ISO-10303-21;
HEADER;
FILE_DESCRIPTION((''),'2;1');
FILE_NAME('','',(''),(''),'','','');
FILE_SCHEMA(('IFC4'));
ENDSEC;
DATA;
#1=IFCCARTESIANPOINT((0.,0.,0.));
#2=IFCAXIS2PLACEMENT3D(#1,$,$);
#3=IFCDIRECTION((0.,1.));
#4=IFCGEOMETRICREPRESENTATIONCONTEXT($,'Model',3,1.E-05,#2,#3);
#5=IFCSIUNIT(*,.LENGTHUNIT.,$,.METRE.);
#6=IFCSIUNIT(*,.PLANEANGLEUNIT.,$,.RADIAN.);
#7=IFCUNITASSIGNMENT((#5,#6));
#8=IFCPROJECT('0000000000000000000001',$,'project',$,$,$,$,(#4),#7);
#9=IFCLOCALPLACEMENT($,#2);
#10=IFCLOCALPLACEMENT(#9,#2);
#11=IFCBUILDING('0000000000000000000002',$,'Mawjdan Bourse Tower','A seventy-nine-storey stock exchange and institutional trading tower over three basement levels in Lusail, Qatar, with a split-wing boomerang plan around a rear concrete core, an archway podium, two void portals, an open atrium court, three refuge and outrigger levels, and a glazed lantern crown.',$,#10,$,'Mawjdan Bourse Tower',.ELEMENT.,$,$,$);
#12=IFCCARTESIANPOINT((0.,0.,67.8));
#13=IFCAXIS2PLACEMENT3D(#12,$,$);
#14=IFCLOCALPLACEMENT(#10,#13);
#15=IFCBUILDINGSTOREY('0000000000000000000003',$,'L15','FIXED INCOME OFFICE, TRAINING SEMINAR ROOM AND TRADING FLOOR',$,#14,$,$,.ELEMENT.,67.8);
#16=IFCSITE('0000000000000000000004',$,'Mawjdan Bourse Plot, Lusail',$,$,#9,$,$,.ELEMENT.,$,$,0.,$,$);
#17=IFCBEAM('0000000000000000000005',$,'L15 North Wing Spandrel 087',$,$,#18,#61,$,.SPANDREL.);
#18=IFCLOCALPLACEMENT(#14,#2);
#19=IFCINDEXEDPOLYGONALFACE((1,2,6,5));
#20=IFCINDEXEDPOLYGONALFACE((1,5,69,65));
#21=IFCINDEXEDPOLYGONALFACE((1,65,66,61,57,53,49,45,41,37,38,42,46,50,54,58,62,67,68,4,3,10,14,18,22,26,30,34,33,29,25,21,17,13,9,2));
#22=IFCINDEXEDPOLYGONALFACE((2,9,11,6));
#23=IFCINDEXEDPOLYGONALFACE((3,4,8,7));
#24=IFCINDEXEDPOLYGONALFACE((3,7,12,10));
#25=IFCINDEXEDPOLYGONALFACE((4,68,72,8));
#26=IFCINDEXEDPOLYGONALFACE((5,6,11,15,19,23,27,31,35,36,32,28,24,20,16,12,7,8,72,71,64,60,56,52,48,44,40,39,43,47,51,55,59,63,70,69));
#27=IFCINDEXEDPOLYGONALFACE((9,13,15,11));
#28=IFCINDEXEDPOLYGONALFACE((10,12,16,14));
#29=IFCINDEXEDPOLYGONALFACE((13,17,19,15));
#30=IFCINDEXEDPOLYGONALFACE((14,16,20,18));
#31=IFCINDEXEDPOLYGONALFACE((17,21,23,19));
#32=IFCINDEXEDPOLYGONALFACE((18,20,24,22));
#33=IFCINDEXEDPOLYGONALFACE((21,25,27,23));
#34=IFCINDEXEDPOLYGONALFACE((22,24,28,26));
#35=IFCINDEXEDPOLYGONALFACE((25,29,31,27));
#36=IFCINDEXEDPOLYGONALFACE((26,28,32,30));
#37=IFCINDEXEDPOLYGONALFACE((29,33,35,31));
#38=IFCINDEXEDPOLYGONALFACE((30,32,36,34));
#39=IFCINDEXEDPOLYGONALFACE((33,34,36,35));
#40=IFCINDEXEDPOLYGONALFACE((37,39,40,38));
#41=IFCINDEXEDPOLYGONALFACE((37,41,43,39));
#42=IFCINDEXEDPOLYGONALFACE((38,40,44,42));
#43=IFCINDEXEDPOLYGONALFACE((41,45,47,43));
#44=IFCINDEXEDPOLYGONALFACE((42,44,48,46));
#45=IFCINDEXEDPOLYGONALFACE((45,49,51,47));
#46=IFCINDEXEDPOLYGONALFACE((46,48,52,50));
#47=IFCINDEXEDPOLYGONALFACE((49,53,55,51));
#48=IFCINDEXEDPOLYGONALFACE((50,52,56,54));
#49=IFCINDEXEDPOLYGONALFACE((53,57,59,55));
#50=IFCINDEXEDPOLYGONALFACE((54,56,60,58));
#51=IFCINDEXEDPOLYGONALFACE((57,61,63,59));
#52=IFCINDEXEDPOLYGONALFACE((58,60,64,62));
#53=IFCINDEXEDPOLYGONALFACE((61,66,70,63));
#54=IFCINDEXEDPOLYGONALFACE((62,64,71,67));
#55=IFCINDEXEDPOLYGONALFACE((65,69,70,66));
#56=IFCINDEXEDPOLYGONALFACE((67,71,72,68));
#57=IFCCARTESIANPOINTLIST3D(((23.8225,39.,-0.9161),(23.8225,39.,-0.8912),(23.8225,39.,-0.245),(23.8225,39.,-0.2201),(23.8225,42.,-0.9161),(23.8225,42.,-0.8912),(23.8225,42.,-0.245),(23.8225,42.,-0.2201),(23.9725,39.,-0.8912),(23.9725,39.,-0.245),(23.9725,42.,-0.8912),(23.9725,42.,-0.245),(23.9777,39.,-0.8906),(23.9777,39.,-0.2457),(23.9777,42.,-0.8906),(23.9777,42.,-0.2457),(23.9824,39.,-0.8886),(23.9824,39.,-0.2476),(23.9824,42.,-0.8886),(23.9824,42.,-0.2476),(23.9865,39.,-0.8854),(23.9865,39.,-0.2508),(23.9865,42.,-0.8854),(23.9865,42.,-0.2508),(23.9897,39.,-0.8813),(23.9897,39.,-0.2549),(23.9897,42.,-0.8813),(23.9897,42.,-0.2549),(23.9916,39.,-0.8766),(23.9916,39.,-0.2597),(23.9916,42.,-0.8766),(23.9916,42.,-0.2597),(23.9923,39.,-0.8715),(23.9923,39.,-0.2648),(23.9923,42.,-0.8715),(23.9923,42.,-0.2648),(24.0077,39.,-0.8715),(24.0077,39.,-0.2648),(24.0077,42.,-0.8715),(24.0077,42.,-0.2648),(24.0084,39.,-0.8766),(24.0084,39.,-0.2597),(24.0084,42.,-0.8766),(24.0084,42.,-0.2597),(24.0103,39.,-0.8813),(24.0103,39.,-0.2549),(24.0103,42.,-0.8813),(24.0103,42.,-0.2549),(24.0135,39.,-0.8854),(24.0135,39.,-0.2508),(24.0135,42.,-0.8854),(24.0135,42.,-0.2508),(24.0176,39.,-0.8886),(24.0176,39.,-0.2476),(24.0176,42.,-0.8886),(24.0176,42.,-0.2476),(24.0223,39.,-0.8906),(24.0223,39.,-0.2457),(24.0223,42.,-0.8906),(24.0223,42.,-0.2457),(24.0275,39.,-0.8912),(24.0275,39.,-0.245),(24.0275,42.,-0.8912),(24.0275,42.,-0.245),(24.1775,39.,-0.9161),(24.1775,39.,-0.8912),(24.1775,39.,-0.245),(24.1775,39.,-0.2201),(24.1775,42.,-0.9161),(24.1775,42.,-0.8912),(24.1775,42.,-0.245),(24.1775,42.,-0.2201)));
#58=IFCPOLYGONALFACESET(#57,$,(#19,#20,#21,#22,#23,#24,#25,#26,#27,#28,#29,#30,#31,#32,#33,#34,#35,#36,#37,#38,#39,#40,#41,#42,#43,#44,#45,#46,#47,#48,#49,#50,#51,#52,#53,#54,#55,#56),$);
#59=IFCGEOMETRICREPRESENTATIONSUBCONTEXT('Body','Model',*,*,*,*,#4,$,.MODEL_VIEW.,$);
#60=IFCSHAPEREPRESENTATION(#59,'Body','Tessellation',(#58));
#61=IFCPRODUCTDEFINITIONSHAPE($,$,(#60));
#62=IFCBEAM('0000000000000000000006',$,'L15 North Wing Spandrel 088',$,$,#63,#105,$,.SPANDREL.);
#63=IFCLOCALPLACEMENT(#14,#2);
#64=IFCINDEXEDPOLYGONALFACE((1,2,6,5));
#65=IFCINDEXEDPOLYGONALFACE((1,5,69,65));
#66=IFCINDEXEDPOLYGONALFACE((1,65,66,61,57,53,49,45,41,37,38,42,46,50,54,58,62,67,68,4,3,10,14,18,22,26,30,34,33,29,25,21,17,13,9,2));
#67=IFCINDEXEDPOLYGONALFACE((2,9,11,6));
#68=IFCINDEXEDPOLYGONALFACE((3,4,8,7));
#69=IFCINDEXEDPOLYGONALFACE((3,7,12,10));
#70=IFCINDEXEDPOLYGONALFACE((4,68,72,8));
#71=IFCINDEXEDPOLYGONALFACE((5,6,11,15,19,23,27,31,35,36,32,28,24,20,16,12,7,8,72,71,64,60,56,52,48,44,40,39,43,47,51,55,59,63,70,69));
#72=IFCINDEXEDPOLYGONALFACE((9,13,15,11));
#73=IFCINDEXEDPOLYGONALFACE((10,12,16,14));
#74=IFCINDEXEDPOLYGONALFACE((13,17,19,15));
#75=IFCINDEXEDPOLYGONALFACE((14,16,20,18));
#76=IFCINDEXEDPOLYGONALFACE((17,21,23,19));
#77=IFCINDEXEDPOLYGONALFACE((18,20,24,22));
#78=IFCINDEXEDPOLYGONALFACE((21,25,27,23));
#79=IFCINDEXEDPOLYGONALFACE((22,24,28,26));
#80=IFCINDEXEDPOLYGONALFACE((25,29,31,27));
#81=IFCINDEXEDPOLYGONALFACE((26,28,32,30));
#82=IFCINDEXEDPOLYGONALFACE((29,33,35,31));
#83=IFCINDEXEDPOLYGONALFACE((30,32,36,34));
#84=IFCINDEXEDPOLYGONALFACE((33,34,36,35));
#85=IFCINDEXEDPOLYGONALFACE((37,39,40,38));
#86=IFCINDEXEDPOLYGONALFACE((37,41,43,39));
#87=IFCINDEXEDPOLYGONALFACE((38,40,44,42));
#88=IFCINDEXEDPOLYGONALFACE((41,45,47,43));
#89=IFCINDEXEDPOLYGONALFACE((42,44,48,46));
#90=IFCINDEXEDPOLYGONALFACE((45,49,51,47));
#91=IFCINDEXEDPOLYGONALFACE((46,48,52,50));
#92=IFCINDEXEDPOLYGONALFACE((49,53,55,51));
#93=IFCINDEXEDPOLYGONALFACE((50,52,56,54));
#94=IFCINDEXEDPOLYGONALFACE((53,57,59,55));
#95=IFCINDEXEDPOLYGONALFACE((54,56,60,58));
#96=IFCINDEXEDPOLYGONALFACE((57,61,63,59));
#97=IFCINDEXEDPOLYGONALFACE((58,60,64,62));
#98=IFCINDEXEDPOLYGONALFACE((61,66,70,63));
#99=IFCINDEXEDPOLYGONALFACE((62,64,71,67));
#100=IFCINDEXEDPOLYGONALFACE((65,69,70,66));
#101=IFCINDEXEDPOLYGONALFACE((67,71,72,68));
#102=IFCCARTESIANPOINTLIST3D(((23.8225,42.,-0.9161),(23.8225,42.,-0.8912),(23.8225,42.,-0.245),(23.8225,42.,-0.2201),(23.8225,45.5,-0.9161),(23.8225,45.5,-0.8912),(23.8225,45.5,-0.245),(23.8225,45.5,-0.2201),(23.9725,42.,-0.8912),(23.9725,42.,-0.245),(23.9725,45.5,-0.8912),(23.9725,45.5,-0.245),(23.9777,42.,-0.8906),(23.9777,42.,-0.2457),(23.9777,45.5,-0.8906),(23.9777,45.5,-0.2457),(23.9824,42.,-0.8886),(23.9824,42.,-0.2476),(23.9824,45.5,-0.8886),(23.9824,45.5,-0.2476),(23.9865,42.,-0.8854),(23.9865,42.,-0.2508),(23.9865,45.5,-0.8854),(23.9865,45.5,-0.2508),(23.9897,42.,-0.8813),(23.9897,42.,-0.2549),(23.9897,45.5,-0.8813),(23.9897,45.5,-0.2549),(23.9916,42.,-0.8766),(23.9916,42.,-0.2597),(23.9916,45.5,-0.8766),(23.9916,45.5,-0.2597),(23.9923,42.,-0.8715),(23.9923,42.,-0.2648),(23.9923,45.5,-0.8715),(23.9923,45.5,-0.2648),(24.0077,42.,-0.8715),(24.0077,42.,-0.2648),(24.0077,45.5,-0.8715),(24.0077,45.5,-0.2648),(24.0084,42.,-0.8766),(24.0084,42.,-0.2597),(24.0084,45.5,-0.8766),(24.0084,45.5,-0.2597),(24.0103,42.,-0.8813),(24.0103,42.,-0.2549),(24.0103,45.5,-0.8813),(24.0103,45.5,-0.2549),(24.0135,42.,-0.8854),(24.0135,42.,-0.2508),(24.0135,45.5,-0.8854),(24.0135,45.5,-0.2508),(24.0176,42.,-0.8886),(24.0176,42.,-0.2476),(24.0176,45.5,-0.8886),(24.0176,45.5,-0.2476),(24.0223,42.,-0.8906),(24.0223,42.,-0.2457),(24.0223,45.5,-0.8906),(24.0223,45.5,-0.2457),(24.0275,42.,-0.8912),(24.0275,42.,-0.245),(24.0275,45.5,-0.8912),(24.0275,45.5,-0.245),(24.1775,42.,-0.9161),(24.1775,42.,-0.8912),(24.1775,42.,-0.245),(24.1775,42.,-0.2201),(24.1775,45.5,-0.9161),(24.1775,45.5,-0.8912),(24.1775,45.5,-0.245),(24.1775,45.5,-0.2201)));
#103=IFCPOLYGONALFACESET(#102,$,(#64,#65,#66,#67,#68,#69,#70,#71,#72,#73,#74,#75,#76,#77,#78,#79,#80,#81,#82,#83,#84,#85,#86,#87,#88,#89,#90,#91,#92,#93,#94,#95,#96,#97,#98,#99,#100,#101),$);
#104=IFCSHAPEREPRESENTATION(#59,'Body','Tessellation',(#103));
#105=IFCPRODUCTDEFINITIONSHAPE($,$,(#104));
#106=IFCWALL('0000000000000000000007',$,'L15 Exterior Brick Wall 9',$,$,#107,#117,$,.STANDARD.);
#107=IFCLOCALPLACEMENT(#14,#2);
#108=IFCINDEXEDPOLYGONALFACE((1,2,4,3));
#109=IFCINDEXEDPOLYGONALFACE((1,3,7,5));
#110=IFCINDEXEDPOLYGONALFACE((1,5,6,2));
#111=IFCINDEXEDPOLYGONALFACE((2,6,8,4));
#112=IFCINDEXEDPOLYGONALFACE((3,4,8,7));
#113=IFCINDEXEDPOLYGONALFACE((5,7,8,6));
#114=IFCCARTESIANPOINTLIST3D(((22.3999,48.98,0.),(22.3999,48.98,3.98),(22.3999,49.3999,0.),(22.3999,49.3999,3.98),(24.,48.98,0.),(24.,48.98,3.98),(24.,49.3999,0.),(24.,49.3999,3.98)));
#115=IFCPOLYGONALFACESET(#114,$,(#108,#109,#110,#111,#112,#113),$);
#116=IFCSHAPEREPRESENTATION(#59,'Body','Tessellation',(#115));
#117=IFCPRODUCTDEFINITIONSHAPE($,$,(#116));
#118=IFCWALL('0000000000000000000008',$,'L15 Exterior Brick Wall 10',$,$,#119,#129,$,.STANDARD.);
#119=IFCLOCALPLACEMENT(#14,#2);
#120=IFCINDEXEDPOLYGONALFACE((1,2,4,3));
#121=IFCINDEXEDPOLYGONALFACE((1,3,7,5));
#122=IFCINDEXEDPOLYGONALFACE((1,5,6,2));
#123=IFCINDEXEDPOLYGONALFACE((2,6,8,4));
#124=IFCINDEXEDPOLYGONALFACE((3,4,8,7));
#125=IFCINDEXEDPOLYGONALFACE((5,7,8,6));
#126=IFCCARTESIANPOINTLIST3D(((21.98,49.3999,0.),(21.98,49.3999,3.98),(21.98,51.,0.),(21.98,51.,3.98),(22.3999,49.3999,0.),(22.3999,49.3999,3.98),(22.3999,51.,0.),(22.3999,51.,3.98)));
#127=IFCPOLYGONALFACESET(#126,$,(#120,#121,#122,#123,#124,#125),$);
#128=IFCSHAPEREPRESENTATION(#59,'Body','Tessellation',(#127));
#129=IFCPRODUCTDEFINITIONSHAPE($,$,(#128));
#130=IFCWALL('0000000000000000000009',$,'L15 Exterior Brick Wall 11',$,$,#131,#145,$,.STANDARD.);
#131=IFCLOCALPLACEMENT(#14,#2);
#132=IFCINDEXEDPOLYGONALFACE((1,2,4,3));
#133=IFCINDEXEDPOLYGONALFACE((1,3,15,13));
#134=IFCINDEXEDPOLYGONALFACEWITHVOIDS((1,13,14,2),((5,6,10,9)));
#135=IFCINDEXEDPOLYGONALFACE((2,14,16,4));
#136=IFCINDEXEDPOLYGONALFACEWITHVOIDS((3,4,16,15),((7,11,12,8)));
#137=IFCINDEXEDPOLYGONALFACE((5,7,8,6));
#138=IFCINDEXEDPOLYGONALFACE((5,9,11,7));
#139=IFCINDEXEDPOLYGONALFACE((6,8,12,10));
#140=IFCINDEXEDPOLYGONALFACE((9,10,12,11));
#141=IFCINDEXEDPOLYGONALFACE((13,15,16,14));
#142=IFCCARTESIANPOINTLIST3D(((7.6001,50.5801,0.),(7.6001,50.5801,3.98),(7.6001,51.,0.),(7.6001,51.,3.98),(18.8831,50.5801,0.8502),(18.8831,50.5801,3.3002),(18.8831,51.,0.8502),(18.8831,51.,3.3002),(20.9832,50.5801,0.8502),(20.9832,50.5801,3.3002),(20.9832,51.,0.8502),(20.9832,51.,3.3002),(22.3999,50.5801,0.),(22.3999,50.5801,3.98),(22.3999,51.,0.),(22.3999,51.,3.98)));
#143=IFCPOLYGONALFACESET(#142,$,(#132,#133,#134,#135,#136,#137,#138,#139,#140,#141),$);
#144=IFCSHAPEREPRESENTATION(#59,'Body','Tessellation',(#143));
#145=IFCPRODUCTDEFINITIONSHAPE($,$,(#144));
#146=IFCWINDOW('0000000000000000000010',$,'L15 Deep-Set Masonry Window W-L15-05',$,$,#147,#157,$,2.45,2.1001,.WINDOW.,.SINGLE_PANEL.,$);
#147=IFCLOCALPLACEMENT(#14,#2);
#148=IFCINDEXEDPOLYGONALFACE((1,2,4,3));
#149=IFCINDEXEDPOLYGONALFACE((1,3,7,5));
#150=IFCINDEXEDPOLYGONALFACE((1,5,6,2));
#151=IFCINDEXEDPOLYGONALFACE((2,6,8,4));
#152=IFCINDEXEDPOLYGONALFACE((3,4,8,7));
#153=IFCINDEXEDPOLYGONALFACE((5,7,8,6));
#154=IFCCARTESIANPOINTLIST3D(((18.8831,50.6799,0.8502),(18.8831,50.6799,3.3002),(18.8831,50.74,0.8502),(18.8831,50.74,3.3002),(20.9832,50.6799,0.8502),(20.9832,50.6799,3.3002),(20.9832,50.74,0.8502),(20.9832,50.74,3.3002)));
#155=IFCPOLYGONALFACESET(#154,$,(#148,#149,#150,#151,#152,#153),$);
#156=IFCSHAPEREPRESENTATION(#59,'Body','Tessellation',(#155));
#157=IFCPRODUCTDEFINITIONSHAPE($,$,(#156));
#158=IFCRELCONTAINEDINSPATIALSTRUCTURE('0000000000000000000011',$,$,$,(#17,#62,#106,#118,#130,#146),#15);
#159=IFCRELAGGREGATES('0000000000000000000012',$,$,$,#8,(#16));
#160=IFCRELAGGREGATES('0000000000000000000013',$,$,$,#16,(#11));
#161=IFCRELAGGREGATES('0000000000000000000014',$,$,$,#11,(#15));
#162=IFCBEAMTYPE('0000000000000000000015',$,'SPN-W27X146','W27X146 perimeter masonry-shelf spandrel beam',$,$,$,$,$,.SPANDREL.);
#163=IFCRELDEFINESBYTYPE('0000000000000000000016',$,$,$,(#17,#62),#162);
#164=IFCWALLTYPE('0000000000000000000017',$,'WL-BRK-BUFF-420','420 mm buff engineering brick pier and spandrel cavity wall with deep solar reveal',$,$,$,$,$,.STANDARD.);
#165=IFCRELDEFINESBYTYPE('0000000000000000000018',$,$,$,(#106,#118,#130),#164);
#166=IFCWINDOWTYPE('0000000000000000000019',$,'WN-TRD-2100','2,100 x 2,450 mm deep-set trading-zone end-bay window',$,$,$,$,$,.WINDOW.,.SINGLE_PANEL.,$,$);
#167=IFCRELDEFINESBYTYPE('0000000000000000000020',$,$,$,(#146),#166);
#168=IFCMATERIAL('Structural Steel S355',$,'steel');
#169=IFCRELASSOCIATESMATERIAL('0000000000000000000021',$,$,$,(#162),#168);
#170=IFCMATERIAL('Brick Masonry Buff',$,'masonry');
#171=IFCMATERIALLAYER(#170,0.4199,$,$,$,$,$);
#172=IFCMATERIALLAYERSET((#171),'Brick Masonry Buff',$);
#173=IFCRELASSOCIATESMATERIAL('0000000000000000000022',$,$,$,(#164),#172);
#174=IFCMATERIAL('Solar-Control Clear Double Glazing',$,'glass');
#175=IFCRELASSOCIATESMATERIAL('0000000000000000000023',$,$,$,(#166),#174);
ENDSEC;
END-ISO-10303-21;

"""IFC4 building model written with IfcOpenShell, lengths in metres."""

from ifc_helpers import new_model, si_unit, direction, frame, frame_2d, origin, origin_2d, place, context, subcontext, project, spatial, rectangle, i_section, extrude, material, layer, layer_set, material_profile, profile_set, type_object, element, fill, save


model = new_model("IFC4")

# Units and contexts
model_context = context("Model", 3, precision=1e-05, world=origin(), true_north=direction((0.0, 1.0)))
body_context = subcontext(model_context, "Body", "Model", "MODEL_VIEW")
ifc_project = project(units=[si_unit("LENGTHUNIT", "METRE"), si_unit("PLANEANGLEUNIT", "RADIAN")], contexts=[model_context])

# Site, building, storey
site_placement = place(None, origin())
site = spatial("IfcSite", under=ifc_project, at=site_placement, Name="Mawjdan Bourse Plot, Lusail", CompositionType="ELEMENT", RefElevation=0.0)
building_placement = place(site_placement, origin())
building = spatial("IfcBuilding", under=site, at=building_placement, Name="Mawjdan Bourse Tower", Description="A seventy-nine-storey stock exchange and institutional trading tower over three basement levels in Lusail, Qatar, with a split-wing boomerang plan around a rear concrete core, an archway podium, two void portals, an open atrium court, three refuge and outrigger levels, and a glazed lantern crown.", LongName="Mawjdan Bourse Tower", CompositionType="ELEMENT")
storey_placement = place(building_placement, frame((0.0, 0.0, 67.8)))
storey = spatial("IfcBuildingStorey", under=building, at=storey_placement, Name="L15", Description="FIXED INCOME OFFICE, TRAINING SEMINAR ROOM AND TRADING FLOOR", CompositionType="ELEMENT", Elevation=67.8)

# Beams
ifc_material_1 = material(Name="Structural Steel S355", Category="steel")
ifc_material_profile_1 = material_profile(ifc_material_1, i_section(OverallWidth=0.355, OverallDepth=0.696, WebThickness=0.0154, FlangeThickness=0.0249, FilletRadius=0.0198, at=origin_2d()), Name="W27X146")
ifc_profile_set_1 = profile_set([ifc_material_profile_1], Name="Structural Steel S355")
beam_type_1 = type_object("IfcBeamType", Name="SPN-W27X146", Description="W27X146 perimeter masonry-shelf spandrel beam", PredefinedType="SPANDREL", material=ifc_profile_set_1)
for number, where, z_axis, x_axis, name in (
    (1, (24.0, 39.0, -0.5681), (0.0, 1.0, 0.0), (-1.0, 0.0, 0.0), "L15 North Wing Spandrel 087"),
):
    element("IfcBeam", number, at=place(storey_placement, frame(where, z_axis=z_axis, x_axis=x_axis)), inside=storey, type_object=beam_type_1, Name=name, PredefinedType="SPANDREL", context=body_context, shape_type="SweptSolid", body=[
        extrude(i_section(OverallWidth=0.355, OverallDepth=0.696, WebThickness=0.0154, FlangeThickness=0.0249, FilletRadius=0.0198, at=origin_2d()), origin(), (0.0, 0.0, 1.0), 3.0),
    ])
beam_1_placement = place(storey_placement, frame((24.0, 42.0, -0.5681), z_axis=(0.0, 1.0, 0.0), x_axis=(-1.0, 0.0, 0.0)))
element("IfcBeam", 2, at=beam_1_placement, inside=storey, type_object=beam_type_1, Name="L15 North Wing Spandrel 088", PredefinedType="SPANDREL", context=body_context, shape_type="SweptSolid", body=[
    extrude(i_section(OverallWidth=0.355, OverallDepth=0.696, WebThickness=0.0154, FlangeThickness=0.0249, FilletRadius=0.0198, at=origin_2d()), origin(), (0.0, 0.0, 1.0), 3.5),
])

# Walls
ifc_material_2 = material(Name="Brick Masonry Buff", Category="masonry")
ifc_layer = layer(ifc_material_2, 0.4199)
ifc_layer_set = layer_set([ifc_layer], Name="Brick Masonry Buff")
wall_type = type_object("IfcWallType", Name="WL-BRK-BUFF-420", Description="420 mm buff engineering brick pier and spandrel cavity wall with deep solar reveal", PredefinedType="STANDARD", material=ifc_layer_set)
for number, where, z_axis, x_axis, name in (
    (3, (24.0, 49.1899, 0.0), (0.0, 0.0, 1.0), (-1.0, 0.0, 0.0), "L15 Exterior Brick Wall 9"),
    (4, (22.1899, 49.3999, 0.0), (0.0, 0.0, 1.0), (0.0, 1.0, 0.0), "L15 Exterior Brick Wall 10"),
):
    element("IfcWall", number, at=place(storey_placement, frame(where, z_axis=z_axis, x_axis=x_axis)), inside=storey, type_object=wall_type, Name=name, PredefinedType="STANDARD", context=body_context, shape_type="SweptSolid", body=[
        extrude(rectangle(XDim=1.6001, YDim=0.4199, at=frame_2d((0.8, 0.0))), origin(), (0.0, 0.0, 1.0), 3.98),
    ])

# Wall, opening, window
wall_placement = place(storey_placement, frame((22.3999, 50.79, 0.0), z_axis=(0.0, 0.0, 1.0), x_axis=(-1.0, 0.0, 0.0)))
wall = element("IfcWall", 5, at=wall_placement, inside=storey, type_object=wall_type, Name="L15 Exterior Brick Wall 11", PredefinedType="STANDARD", context=body_context, shape_type="SweptSolid", body=[
    extrude(rectangle(XDim=14.7998, YDim=0.4199, at=frame_2d((7.3999, 0.0))), origin(), (0.0, 0.0, 1.0), 3.98),
])
opening_placement = place(wall_placement, frame((1.4167, 0.0, 0.8501)))
opening = element("IfcOpeningElement", 6, at=opening_placement, cuts=wall, PredefinedType="OPENING", context=body_context, shape_type="SweptSolid", body=[
    extrude(rectangle(XDim=2.1001, YDim=2.45, at=frame_2d((1.05, 1.2251))), frame((0.0, 0.22, 0.0), z_axis=(0.0, -1.0, 0.0), x_axis=(1.0, 0.0, 0.0)), (0.0, 0.0, 1.0), 0.4399),
])
ifc_material_3 = material(Name="Solar-Control Clear Double Glazing", Category="glass")
window_type = type_object("IfcWindowType", Name="WN-TRD-2100", Description="2,100 x 2,450 mm deep-set trading-zone end-bay window", PartitioningType="SINGLE_PANEL", PredefinedType="WINDOW", material=ifc_material_3)
window_placement = place(opening_placement, origin())
window = element("IfcWindow", 7, at=window_placement, inside=storey, type_object=window_type, Name="L15 Deep-Set Masonry Window W-L15-05", OverallHeight=2.45, OverallWidth=2.1001, PartitioningType="SINGLE_PANEL", PredefinedType="WINDOW", context=body_context, shape_type="SweptSolid", body=[
    extrude(rectangle(XDim=2.1001, YDim=2.45, at=frame_2d((1.05, 1.2251))), frame((0.0, 0.1101, 0.0), z_axis=(0.0, -1.0, 0.0), x_axis=(1.0, 0.0, 0.0)), (0.0, 0.0, 1.0), 0.0601),
])
fill(opening, window)

save(model, "model.ifc")
